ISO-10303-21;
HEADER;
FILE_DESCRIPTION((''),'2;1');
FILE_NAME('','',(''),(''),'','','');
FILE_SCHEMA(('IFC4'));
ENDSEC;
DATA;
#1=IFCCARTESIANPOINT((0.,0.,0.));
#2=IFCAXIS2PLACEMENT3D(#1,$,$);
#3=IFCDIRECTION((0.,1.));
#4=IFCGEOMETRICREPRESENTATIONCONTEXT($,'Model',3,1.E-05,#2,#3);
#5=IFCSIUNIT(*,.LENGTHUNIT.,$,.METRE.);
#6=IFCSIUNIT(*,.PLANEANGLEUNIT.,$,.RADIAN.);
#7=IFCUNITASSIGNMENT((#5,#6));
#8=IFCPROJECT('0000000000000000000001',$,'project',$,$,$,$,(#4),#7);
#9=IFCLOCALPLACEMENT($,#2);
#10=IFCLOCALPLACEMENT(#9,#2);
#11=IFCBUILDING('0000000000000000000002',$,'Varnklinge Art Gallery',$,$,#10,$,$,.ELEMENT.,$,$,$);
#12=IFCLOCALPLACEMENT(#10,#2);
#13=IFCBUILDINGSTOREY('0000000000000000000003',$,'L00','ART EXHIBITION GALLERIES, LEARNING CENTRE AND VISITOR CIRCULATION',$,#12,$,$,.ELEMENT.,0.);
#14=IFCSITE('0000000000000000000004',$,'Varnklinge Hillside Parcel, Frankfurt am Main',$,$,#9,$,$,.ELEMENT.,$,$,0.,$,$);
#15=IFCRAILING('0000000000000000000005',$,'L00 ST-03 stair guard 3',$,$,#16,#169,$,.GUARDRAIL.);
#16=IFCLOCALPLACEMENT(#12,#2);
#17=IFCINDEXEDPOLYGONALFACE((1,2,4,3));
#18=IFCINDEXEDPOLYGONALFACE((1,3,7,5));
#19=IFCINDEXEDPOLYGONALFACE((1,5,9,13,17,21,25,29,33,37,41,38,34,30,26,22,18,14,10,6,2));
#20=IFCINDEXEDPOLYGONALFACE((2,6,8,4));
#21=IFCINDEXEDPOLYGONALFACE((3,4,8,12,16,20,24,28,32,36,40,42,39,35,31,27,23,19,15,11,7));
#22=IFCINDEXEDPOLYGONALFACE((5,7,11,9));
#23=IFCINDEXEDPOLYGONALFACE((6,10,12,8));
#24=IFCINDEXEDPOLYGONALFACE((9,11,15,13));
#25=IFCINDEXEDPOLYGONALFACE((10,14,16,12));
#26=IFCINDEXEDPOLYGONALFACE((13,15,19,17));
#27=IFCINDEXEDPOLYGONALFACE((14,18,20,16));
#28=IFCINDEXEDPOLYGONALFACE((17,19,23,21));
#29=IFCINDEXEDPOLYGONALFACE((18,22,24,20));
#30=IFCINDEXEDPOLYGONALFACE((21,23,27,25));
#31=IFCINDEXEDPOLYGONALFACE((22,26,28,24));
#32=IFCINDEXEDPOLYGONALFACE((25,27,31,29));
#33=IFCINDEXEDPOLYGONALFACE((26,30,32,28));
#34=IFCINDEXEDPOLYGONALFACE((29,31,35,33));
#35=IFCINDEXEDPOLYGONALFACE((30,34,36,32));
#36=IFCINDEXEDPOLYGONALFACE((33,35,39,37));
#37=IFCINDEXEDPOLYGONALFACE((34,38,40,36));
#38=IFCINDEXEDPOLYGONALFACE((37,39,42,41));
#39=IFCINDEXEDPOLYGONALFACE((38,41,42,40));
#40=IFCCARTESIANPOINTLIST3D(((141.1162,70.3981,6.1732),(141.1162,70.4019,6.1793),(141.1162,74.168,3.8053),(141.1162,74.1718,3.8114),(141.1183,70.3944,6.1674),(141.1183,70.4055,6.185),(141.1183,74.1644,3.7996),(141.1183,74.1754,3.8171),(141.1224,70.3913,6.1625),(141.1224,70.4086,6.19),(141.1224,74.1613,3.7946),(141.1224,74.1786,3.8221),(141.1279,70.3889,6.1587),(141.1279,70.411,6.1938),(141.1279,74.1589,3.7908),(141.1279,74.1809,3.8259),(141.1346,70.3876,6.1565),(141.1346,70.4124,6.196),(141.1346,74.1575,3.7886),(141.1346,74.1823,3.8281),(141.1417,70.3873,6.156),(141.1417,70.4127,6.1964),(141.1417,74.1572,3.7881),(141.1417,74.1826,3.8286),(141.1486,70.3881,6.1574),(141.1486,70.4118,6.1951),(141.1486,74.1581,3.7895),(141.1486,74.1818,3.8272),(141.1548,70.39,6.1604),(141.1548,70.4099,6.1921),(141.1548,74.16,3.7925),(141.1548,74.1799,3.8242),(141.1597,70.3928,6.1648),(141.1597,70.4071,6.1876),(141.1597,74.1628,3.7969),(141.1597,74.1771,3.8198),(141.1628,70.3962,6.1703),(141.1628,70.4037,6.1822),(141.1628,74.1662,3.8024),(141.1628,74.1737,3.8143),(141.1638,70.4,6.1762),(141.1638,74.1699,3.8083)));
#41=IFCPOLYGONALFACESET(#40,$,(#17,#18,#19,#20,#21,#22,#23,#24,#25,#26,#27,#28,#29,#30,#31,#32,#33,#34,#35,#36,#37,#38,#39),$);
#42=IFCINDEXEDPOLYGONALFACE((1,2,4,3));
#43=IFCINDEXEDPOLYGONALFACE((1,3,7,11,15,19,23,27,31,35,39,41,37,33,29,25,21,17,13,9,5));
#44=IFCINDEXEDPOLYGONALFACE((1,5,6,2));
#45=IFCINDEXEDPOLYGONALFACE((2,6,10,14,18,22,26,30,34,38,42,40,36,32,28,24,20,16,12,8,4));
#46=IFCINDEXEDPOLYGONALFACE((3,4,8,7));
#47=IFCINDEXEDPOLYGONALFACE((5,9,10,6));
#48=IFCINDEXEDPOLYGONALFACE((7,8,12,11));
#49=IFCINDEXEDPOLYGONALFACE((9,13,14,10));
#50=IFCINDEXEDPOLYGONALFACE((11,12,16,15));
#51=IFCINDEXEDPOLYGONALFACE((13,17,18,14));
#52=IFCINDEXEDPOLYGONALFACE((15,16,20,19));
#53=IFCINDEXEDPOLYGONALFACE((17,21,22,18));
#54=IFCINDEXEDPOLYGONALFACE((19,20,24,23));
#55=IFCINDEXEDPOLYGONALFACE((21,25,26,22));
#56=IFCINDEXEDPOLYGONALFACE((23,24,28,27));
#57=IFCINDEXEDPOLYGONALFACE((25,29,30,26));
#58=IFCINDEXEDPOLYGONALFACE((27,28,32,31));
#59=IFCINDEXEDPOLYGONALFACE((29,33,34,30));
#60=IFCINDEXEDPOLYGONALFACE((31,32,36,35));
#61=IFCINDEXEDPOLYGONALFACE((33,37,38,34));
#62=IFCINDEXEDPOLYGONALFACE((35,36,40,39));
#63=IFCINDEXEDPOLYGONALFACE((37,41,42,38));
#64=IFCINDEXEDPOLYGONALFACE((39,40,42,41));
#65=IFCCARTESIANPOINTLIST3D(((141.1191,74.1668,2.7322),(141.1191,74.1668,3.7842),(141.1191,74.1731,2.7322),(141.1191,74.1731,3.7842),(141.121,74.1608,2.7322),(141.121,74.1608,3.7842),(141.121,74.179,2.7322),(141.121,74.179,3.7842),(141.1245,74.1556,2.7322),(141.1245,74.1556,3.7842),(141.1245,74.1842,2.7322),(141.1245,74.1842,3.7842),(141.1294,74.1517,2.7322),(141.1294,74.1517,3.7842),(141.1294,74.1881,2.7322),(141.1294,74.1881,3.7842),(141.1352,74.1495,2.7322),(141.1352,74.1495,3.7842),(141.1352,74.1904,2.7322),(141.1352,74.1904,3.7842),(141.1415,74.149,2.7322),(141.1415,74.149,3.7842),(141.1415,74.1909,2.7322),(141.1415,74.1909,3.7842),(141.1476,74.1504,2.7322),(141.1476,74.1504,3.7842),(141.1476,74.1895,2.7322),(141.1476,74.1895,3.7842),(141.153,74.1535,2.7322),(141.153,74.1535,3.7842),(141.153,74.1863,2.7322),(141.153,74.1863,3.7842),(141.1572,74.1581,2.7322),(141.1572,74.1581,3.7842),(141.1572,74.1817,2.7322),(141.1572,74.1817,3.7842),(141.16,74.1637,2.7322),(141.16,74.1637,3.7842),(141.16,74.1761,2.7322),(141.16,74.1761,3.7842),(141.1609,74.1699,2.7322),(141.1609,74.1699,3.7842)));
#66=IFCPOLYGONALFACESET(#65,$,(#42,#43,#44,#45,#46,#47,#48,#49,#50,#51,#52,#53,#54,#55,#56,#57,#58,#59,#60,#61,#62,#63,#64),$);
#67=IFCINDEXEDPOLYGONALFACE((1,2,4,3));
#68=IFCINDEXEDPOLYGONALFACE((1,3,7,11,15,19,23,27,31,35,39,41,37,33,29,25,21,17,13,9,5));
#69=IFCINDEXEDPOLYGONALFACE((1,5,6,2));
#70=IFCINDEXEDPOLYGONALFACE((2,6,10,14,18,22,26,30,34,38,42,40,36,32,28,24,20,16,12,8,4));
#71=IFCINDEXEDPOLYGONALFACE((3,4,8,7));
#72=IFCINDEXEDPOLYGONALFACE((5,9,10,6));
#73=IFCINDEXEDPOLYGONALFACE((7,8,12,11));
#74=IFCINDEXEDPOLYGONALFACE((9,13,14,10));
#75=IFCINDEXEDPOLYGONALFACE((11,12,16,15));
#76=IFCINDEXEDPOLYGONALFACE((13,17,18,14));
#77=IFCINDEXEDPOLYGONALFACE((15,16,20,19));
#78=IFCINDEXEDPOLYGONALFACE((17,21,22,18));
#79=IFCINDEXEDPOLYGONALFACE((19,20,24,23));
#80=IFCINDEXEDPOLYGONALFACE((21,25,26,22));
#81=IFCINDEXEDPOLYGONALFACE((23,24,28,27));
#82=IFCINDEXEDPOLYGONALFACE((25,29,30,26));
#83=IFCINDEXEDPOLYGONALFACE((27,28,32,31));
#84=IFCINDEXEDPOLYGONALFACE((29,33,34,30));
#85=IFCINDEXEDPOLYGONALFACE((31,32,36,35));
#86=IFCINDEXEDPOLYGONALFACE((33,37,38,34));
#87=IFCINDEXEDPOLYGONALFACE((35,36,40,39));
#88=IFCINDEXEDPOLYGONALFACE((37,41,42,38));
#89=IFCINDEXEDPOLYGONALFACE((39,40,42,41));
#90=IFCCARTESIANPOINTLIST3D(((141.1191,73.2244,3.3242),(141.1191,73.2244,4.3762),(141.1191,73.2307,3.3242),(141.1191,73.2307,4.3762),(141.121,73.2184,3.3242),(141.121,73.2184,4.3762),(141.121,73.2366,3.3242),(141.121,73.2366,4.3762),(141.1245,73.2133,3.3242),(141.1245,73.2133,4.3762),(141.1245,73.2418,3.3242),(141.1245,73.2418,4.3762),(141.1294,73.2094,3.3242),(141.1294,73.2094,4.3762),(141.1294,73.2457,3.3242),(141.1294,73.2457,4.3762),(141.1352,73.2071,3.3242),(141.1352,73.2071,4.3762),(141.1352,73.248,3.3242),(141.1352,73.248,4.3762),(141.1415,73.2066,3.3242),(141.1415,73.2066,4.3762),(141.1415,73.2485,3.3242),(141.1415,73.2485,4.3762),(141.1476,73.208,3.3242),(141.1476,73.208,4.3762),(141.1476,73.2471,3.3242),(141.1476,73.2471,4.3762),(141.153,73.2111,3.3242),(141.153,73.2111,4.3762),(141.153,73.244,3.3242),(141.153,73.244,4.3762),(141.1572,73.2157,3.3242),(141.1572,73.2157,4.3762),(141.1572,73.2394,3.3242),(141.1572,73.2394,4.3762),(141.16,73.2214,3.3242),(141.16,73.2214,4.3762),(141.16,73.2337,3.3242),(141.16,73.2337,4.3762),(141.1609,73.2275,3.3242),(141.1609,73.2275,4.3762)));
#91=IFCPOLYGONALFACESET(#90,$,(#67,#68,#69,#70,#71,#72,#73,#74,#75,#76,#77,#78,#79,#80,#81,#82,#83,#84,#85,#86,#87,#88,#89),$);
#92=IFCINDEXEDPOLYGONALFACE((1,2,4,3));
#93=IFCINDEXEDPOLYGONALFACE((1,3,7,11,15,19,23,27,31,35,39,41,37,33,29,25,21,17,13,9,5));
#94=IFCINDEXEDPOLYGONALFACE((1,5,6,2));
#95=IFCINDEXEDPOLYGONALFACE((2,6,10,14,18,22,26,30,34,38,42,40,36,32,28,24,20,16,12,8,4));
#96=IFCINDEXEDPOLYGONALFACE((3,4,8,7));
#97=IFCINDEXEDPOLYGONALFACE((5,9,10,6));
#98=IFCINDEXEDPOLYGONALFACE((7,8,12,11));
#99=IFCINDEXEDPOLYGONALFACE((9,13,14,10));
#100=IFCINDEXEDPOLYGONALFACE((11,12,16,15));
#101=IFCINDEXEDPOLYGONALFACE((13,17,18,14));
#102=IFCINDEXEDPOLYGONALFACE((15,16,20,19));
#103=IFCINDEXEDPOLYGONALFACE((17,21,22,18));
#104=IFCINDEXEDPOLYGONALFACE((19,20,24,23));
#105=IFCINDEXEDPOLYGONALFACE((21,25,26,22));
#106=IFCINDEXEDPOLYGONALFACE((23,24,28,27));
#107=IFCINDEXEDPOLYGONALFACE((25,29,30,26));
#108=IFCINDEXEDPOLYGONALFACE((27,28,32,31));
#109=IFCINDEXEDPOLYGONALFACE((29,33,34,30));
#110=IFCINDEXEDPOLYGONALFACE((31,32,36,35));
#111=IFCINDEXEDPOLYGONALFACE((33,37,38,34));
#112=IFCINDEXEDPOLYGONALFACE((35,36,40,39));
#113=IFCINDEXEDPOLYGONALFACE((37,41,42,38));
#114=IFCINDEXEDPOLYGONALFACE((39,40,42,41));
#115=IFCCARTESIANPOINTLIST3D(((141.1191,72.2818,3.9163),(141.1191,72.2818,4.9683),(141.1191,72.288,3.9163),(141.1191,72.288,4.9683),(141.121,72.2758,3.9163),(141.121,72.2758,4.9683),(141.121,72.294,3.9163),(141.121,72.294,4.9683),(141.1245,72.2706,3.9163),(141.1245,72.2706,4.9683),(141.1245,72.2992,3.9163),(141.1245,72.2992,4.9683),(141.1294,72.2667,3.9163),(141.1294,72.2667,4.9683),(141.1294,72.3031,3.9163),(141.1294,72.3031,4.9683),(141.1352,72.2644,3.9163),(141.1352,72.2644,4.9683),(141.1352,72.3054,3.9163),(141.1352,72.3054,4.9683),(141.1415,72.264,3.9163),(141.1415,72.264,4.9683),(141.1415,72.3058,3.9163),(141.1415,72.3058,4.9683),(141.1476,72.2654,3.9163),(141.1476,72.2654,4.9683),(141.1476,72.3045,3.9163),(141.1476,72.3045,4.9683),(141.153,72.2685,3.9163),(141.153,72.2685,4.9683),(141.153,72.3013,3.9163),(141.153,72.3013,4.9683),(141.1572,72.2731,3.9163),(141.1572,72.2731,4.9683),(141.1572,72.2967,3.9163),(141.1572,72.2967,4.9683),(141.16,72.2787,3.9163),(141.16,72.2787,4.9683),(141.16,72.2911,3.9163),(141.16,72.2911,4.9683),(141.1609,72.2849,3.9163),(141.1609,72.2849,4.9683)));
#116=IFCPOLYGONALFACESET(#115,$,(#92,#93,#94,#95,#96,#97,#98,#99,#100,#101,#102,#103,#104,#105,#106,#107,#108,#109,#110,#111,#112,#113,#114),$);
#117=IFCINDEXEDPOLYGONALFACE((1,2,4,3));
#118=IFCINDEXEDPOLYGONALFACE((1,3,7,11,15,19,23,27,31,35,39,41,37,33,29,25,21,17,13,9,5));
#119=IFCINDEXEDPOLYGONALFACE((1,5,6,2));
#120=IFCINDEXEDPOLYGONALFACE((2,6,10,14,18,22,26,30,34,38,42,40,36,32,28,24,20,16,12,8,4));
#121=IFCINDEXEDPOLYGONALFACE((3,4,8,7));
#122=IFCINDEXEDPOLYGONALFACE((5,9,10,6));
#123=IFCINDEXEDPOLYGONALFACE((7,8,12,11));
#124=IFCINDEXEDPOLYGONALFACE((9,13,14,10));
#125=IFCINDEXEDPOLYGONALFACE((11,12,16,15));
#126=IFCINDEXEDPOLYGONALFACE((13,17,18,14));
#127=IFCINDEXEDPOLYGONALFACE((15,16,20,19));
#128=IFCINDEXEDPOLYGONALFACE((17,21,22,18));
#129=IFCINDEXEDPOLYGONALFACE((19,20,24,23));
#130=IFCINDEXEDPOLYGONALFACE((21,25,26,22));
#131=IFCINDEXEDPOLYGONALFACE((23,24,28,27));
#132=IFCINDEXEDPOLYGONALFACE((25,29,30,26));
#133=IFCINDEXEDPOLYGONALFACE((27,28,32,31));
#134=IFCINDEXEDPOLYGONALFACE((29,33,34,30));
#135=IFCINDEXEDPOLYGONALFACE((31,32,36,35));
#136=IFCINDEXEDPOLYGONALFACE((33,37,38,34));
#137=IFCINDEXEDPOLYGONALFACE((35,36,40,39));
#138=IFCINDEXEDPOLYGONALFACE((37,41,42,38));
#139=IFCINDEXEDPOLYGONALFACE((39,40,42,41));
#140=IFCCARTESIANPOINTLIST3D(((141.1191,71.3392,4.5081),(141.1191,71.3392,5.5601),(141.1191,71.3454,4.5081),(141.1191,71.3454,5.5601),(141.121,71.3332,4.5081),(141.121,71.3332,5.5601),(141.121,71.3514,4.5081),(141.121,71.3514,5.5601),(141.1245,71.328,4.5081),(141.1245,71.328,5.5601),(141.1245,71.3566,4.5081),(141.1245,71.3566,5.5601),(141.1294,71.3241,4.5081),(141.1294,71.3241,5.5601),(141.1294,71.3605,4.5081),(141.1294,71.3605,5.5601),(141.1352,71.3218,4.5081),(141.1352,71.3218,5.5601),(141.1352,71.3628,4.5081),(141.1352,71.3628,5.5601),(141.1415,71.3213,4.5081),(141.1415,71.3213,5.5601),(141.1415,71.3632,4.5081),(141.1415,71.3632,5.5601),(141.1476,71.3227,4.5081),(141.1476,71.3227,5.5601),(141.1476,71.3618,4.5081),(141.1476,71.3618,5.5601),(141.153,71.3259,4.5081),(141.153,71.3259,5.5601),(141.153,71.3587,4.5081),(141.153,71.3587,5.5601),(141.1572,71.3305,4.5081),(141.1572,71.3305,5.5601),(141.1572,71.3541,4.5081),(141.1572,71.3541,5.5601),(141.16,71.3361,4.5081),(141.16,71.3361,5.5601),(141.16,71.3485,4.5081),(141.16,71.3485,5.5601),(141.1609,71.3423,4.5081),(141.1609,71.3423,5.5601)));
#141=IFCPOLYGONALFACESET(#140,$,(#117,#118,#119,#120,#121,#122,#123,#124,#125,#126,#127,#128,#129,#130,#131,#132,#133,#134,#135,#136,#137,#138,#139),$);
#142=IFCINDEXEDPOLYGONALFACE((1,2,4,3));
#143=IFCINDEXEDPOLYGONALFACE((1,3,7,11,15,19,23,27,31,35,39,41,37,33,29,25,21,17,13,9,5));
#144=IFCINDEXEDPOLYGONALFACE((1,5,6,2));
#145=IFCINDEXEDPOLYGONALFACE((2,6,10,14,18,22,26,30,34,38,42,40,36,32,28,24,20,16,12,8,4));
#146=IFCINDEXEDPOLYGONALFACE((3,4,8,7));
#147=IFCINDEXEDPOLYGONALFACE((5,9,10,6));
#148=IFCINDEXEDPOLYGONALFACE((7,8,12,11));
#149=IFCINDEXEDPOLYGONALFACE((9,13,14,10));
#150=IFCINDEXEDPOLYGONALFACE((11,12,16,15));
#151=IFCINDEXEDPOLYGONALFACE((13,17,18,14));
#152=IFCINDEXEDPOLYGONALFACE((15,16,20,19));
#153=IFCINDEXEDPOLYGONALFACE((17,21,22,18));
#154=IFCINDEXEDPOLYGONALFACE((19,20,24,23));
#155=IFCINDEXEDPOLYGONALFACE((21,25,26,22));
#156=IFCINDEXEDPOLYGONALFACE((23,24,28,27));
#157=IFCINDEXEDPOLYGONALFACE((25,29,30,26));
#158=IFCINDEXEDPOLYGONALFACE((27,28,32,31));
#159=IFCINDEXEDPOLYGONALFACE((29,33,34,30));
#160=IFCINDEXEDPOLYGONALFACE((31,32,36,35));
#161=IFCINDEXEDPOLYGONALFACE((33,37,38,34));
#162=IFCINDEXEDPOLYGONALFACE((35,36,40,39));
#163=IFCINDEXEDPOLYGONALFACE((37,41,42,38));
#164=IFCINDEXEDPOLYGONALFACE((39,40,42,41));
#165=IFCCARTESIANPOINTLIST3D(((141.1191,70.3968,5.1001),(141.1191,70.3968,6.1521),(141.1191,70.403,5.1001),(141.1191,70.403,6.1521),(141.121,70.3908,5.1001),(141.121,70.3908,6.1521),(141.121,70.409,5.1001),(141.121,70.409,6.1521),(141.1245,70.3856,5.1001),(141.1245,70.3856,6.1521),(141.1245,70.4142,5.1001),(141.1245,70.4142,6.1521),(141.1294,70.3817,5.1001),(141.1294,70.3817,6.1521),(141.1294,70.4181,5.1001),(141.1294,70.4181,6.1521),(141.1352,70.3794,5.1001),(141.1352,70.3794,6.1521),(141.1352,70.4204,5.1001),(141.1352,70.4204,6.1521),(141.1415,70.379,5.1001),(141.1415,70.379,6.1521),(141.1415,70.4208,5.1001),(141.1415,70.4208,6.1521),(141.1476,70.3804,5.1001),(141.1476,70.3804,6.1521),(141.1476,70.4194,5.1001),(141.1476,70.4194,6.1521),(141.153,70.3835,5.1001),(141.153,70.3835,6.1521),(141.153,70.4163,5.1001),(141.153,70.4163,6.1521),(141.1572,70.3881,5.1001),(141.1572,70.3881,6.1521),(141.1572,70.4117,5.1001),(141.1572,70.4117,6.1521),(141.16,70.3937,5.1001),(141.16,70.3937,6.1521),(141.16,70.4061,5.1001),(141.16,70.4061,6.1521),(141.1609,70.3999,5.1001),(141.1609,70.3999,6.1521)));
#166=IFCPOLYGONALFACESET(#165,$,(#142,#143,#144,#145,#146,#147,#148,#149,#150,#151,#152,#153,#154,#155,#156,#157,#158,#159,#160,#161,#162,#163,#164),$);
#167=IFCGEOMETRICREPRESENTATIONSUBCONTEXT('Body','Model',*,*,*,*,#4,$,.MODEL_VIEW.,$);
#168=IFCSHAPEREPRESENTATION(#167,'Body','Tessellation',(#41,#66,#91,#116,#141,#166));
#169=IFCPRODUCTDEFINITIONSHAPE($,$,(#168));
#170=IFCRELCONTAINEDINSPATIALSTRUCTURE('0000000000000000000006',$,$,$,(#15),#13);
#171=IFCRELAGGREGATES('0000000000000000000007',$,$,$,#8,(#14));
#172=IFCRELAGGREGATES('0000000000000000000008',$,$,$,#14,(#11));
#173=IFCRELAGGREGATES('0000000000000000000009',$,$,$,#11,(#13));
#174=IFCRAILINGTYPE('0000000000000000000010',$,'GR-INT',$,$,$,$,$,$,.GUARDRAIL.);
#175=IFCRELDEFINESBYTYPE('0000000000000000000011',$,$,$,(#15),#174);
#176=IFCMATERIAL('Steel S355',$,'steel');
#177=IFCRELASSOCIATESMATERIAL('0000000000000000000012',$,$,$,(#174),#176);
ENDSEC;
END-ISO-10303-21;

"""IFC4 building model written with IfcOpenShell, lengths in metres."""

from ifc_helpers import new_model, si_unit, direction, frame, origin, origin_2d, place, context, subcontext, project, spatial, circle, extrude, material, type_object, element, save


model = new_model("IFC4")

# Units and contexts
model_context = context("Model", 3, precision=1e-05, world=origin(), true_north=direction((0.0, 1.0)))
body_context = subcontext(model_context, "Body", "Model", "MODEL_VIEW")
ifc_project = project(units=[si_unit("LENGTHUNIT", "METRE"), si_unit("PLANEANGLEUNIT", "RADIAN")], contexts=[model_context])

# Site, building, storey
site_placement = place(None, origin())
site = spatial("IfcSite", under=ifc_project, at=site_placement, Name="Varnklinge Hillside Parcel, Frankfurt am Main", CompositionType="ELEMENT", RefElevation=0.0)
building_placement = place(site_placement, origin())
building = spatial("IfcBuilding", under=site, at=building_placement, Name="Varnklinge Art Gallery", CompositionType="ELEMENT")
storey_placement = place(building_placement, origin())
storey = spatial("IfcBuildingStorey", under=building, at=storey_placement, Name="L00", Description="ART EXHIBITION GALLERIES, LEARNING CENTRE AND VISITOR CIRCULATION", CompositionType="ELEMENT", Elevation=0.0)

# Railing
ifc_material_1 = material(Name="Steel S355", Category="steel")
railing_type_1 = type_object("IfcRailingType", Name="GR-INT", PredefinedType="GUARDRAIL", material=ifc_material_1)
railing_1_placement = place(storey_placement, frame((141.1399, 74.1699, 2.7322)))
element("IfcRailing", 1, at=railing_1_placement, inside=storey, type_object=railing_type_1, Name="L00 ST-03 stair guard 3", PredefinedType="GUARDRAIL", context=body_context, shape_type="SweptSolid", body=[
    extrude(circle(Radius=0.0239, at=origin_2d()), frame((0.0, 0.0, 1.0762), z_axis=(0.0, -0.846819, 0.531881), x_axis=(1.0, 0.0, 0.0)), (0.0, 0.0, 1.0), 4.4519),
    extrude(circle(Radius=0.021, at=origin_2d()), origin(), (0.0, 0.0, 1.0), 1.052),
    extrude(circle(Radius=0.021, at=origin_2d()), frame((0.0, -0.9424, 0.592)), (0.0, 0.0, 1.0), 1.052),
    extrude(circle(Radius=0.021, at=origin_2d()), frame((0.0, -1.885, 1.1841)), (0.0, 0.0, 1.0), 1.052),
    extrude(circle(Radius=0.021, at=origin_2d()), frame((0.0, -2.8276, 1.7759)), (0.0, 0.0, 1.0), 1.052),
    extrude(circle(Radius=0.021, at=origin_2d()), frame((0.0, -3.77, 2.3679)), (0.0, 0.0, 1.0), 1.052),
])

save(model, "model.ifc")
